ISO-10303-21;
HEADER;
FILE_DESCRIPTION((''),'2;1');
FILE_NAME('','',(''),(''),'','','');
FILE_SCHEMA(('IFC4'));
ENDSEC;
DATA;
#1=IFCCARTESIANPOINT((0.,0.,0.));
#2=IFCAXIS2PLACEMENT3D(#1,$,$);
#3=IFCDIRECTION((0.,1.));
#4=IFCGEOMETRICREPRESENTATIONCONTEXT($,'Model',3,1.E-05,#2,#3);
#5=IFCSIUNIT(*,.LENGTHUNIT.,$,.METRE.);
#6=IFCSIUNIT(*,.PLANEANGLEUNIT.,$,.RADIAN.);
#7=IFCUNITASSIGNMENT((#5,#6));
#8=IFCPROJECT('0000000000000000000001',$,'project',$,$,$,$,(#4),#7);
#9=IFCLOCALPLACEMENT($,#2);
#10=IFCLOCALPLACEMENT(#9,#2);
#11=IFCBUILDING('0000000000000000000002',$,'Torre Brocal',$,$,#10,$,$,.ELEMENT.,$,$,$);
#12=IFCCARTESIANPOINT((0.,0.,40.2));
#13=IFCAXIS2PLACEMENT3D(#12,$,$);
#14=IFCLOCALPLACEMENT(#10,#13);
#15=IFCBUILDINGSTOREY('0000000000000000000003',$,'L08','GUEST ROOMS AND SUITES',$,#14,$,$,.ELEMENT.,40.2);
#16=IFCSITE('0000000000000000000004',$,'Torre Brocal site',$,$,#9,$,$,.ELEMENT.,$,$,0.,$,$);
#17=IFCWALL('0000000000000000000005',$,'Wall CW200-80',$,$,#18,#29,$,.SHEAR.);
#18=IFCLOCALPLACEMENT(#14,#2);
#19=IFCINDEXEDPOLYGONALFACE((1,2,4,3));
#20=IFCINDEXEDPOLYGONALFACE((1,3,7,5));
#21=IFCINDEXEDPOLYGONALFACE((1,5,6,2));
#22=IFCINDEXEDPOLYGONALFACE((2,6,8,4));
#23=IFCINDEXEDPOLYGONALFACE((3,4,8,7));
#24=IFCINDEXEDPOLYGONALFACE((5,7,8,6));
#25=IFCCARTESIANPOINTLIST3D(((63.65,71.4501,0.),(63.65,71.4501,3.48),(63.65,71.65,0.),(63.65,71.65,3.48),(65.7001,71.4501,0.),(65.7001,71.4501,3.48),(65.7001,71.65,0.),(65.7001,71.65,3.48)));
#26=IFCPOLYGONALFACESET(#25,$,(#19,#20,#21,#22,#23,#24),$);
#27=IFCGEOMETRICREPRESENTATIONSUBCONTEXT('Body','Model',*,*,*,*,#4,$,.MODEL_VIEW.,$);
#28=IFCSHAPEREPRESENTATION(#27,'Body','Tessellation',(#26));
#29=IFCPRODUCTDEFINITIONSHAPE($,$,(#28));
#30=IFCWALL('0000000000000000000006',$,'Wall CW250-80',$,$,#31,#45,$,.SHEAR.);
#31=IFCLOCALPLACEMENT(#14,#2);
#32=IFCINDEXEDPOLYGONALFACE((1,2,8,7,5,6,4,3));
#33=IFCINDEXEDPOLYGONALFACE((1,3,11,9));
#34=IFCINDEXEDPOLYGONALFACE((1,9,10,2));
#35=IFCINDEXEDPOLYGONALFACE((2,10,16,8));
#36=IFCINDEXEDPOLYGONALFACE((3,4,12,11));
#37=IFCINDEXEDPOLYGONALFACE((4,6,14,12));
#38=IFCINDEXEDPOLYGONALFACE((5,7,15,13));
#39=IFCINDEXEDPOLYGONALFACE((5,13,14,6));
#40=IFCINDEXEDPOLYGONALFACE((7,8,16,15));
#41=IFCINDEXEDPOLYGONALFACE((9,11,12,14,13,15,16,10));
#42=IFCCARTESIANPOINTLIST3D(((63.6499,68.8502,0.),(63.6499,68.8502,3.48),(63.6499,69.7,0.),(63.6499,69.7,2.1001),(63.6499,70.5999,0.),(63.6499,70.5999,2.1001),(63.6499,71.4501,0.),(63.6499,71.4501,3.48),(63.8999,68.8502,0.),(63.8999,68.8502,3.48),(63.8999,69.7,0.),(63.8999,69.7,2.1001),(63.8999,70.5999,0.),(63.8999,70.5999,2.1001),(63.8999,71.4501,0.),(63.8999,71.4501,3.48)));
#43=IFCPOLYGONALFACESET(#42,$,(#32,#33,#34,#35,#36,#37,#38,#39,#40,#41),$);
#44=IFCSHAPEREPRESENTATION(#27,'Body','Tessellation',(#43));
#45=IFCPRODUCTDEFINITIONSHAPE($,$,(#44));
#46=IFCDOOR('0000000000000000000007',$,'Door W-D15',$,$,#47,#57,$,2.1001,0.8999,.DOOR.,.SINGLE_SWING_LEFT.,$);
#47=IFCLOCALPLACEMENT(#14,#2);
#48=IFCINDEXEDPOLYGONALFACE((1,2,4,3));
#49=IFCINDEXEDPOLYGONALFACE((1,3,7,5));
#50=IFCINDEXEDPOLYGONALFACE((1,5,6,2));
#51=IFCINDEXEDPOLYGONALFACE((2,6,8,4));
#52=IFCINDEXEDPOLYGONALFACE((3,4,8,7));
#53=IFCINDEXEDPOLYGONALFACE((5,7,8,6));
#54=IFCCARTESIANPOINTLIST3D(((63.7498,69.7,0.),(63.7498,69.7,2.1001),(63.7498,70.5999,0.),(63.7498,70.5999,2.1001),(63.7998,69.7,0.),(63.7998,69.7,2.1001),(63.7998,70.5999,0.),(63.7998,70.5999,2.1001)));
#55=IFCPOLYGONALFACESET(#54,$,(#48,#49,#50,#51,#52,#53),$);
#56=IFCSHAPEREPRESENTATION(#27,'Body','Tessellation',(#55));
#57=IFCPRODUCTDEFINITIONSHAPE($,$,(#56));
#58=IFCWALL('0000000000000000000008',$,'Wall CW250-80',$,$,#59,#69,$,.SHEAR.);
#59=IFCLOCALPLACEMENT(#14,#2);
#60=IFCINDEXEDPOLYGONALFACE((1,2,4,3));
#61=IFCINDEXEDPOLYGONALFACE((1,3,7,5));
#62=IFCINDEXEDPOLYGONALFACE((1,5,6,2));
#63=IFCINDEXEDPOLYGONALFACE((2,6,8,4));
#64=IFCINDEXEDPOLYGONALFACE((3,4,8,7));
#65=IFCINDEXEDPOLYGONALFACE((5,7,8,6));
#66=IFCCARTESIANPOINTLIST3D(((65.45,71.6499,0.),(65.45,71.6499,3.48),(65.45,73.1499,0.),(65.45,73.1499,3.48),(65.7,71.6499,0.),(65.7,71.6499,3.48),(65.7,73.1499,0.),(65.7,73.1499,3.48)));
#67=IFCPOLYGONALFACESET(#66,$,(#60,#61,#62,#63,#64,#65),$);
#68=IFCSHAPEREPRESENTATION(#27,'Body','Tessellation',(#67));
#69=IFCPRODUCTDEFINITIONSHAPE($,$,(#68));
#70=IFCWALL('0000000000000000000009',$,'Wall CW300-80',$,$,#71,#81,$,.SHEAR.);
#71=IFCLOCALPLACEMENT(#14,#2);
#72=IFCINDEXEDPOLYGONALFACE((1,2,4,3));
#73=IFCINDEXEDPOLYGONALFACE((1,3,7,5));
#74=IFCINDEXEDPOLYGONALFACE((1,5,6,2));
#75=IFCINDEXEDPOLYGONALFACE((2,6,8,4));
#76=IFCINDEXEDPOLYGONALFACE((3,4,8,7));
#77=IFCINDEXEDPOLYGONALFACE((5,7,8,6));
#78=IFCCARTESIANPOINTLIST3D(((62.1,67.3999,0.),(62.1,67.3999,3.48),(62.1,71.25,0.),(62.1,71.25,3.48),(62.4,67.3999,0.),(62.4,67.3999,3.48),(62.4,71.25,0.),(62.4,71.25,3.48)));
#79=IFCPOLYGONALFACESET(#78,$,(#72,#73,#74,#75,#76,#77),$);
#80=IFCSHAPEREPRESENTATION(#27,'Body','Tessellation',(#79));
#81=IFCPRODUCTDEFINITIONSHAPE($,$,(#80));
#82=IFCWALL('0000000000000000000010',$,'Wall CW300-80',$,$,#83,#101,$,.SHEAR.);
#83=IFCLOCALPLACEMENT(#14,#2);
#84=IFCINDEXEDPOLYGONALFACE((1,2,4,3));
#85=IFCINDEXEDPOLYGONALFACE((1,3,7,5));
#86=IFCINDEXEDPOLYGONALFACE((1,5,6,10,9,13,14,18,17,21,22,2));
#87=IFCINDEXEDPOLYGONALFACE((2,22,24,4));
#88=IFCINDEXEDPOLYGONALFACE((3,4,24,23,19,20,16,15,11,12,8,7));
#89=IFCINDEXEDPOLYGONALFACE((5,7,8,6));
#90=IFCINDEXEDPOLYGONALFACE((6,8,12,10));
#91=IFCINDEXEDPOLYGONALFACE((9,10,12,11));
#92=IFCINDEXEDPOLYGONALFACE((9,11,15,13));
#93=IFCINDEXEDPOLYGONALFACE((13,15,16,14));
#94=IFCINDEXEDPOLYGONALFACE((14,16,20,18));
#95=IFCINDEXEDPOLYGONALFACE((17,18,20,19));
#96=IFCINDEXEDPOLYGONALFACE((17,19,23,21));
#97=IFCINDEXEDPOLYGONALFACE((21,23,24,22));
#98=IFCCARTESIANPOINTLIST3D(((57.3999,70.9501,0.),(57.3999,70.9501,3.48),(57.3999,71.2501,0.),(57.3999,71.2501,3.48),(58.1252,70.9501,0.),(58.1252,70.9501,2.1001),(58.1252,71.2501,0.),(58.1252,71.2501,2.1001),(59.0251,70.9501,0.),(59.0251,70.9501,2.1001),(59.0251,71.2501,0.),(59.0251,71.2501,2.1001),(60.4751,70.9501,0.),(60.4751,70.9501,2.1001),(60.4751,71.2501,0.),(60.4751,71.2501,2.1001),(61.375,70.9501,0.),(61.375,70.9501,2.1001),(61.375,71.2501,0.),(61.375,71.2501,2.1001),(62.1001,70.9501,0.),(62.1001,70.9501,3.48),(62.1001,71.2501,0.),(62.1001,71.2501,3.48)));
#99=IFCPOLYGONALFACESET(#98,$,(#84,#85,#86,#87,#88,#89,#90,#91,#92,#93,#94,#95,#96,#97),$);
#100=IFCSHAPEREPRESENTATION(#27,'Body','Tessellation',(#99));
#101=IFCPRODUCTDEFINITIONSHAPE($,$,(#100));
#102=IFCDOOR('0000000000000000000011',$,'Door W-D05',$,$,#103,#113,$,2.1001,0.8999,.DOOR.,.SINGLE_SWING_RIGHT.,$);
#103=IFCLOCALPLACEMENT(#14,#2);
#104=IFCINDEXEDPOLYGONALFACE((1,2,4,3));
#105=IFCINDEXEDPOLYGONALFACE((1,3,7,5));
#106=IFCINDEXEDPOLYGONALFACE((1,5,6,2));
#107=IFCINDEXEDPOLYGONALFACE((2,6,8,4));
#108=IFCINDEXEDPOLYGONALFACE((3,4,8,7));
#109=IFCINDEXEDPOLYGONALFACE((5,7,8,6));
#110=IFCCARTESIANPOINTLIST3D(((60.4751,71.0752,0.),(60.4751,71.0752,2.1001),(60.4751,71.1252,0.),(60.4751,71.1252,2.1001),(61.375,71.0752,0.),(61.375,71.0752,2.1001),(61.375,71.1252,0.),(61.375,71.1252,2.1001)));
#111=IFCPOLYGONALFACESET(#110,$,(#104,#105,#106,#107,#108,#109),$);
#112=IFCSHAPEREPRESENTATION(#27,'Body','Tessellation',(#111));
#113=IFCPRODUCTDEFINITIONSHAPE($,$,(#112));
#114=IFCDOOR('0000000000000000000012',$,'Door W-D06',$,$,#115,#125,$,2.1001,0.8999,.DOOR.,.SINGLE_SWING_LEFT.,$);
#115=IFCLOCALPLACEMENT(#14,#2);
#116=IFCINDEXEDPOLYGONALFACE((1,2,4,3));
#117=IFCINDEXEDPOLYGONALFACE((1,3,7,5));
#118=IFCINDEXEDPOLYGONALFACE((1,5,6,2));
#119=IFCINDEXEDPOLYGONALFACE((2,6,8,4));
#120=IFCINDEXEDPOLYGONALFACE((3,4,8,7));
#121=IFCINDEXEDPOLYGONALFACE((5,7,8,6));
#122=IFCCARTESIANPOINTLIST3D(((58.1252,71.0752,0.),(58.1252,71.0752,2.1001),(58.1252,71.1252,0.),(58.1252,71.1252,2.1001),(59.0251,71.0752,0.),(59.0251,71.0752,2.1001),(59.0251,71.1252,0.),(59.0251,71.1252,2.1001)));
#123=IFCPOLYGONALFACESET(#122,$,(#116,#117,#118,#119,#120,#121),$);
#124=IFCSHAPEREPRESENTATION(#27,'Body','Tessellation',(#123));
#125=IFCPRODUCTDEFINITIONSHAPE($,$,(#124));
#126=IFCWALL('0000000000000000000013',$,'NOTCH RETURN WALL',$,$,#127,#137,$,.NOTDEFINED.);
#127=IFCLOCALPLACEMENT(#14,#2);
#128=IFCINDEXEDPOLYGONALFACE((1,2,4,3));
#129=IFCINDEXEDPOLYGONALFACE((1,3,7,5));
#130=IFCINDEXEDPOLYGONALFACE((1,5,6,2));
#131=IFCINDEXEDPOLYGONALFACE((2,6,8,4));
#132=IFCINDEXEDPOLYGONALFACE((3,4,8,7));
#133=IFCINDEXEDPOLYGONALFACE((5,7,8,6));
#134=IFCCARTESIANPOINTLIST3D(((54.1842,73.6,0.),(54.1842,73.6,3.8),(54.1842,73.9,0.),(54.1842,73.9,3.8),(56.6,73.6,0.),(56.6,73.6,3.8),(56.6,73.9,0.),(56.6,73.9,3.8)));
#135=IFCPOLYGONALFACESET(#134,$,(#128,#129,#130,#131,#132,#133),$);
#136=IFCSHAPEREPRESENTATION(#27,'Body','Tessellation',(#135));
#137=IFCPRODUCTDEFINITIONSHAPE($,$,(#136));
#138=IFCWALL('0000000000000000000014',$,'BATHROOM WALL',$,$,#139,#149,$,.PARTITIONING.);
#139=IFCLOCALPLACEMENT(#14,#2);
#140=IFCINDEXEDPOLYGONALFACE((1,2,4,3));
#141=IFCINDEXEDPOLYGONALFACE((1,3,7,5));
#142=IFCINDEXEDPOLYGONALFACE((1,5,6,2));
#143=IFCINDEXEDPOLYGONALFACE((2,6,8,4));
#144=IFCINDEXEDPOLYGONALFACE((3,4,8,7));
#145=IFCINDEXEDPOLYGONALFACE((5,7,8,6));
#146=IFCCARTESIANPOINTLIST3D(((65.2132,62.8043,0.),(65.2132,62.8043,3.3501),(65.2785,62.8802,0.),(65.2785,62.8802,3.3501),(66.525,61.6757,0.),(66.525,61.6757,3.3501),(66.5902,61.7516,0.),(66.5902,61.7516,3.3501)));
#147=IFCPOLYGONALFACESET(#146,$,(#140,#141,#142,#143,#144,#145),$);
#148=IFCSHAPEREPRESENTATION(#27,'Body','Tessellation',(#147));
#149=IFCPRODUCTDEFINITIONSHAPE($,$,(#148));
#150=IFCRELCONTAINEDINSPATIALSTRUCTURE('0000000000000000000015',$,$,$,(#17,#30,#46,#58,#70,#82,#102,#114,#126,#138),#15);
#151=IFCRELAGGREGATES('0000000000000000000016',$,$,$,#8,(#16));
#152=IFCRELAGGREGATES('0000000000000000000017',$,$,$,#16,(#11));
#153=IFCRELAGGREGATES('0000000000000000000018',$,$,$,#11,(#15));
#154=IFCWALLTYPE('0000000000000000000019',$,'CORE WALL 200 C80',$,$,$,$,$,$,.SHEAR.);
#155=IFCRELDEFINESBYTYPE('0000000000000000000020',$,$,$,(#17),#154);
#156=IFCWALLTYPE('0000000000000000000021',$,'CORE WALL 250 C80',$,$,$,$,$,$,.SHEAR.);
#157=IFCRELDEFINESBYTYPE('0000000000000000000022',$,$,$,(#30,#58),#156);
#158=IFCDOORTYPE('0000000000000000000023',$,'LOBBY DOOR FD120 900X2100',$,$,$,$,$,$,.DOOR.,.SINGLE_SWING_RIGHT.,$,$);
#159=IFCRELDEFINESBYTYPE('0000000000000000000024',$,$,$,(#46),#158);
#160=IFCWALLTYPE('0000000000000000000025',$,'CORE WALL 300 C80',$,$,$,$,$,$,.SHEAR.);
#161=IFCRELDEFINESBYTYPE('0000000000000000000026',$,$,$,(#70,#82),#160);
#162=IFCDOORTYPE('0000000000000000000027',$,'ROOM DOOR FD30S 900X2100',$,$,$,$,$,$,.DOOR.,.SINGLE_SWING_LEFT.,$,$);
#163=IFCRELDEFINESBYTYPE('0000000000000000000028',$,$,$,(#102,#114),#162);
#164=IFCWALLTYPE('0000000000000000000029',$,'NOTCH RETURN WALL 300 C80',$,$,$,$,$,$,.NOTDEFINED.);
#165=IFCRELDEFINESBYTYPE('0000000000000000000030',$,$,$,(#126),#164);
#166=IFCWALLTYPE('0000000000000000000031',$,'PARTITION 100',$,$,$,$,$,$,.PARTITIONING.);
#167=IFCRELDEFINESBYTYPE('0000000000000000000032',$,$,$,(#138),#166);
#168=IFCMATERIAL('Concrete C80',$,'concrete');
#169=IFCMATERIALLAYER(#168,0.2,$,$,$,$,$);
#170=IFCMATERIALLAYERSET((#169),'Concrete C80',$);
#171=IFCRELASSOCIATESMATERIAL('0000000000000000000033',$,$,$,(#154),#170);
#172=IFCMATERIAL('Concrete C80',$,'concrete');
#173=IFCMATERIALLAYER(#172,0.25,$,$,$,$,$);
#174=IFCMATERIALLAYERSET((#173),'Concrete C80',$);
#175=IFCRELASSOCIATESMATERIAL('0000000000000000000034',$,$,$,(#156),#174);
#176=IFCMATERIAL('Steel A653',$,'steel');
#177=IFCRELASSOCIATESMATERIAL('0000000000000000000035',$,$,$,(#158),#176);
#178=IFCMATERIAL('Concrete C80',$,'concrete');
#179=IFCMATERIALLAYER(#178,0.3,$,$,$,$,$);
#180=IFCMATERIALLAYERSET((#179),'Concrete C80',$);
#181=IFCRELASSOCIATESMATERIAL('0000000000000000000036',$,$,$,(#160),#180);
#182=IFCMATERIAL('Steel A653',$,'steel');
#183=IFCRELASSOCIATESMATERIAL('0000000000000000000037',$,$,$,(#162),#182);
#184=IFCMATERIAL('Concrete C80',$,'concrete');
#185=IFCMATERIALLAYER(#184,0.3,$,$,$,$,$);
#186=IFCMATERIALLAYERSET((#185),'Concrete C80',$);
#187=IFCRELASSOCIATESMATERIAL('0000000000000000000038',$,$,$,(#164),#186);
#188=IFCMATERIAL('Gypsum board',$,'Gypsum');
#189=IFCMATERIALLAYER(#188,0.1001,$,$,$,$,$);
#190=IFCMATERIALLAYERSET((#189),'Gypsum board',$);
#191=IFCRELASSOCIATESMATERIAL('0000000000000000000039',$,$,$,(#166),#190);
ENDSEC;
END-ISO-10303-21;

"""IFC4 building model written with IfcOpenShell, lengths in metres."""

from ifc_helpers import new_model, si_unit, direction, frame, frame_2d, origin, place, context, subcontext, project, spatial, rectangle, extrude, material, layer, layer_set, type_object, element, fill, save


model = new_model("IFC4")

# Units and contexts
model_context = context("Model", 3, precision=1e-05, world=origin(), true_north=direction((0.0, 1.0)))
body_context = subcontext(model_context, "Body", "Model", "MODEL_VIEW")
ifc_project = project(units=[si_unit("LENGTHUNIT", "METRE"), si_unit("PLANEANGLEUNIT", "RADIAN")], contexts=[model_context])

# Site, building, storey
site_placement = place(None, origin())
site = spatial("IfcSite", under=ifc_project, at=site_placement, Name="Torre Brocal site", CompositionType="ELEMENT", RefElevation=0.0)
building_placement = place(site_placement, origin())
building = spatial("IfcBuilding", under=site, at=building_placement, Name="Torre Brocal", CompositionType="ELEMENT")
storey_placement = place(building_placement, frame((0.0, 0.0, 40.2)))
storey = spatial("IfcBuildingStorey", under=building, at=storey_placement, Name="L08", Description="GUEST ROOMS AND SUITES", CompositionType="ELEMENT", Elevation=40.2)

# Wall
ifc_material_1 = material(Name="Concrete C80", Category="concrete")
ifc_layer_1 = layer(ifc_material_1, 0.2)
ifc_layer_set_1 = layer_set([ifc_layer_1], Name="Concrete C80")
wall_type_1 = type_object("IfcWallType", Name="CORE WALL 200 C80", PredefinedType="SHEAR", material=ifc_layer_set_1)
wall_1_placement = place(storey_placement, frame((65.7, 71.55, 0.0), z_axis=(0.0, 0.0, 1.0), x_axis=(-1.0, 0.0, 0.0)))
element("IfcWall", 1, at=wall_1_placement, inside=storey, type_object=wall_type_1, Name="Wall CW200-80", PredefinedType="SHEAR", context=body_context, shape_type="SweptSolid", body=[
    extrude(rectangle(XDim=2.05, YDim=0.2, at=frame_2d((1.0249, 0.0))), origin(), (0.0, 0.0, 1.0), 3.48),
])

# Wall, opening, door
ifc_material_2 = material(Name="Concrete C80", Category="concrete")
ifc_layer_2 = layer(ifc_material_2, 0.25)
ifc_layer_set_2 = layer_set([ifc_layer_2], Name="Concrete C80")
wall_type_2 = type_object("IfcWallType", Name="CORE WALL 250 C80", PredefinedType="SHEAR", material=ifc_layer_set_2)
wall_2_placement = place(storey_placement, frame((63.7749, 71.45, 0.0), z_axis=(0.0, 0.0, 1.0), x_axis=(0.0, -1.0, 0.0)))
wall_2 = element("IfcWall", 2, at=wall_2_placement, inside=storey, type_object=wall_type_2, Name="Wall CW250-80", PredefinedType="SHEAR", context=body_context, shape_type="SweptSolid", body=[
    extrude(rectangle(XDim=2.5999, YDim=0.25, at=frame_2d((1.2998, 0.0))), origin(), (0.0, 0.0, 1.0), 3.48),
])
opening_1_placement = place(wall_2_placement, frame((0.8501, 0.0, 0.0)))
opening_1 = element("IfcOpeningElement", 3, at=opening_1_placement, cuts=wall_2, PredefinedType="OPENING", context=body_context, shape_type="SweptSolid", body=[
    extrude(rectangle(XDim=0.8999, YDim=2.1001, at=frame_2d((0.45, 1.05))), frame((0.0, 0.135, 0.0), z_axis=(0.0, -1.0, 0.0), x_axis=(1.0, 0.0, 0.0)), (0.0, 0.0, 1.0), 0.27),
])
ifc_material_3 = material(Name="Steel A653", Category="steel")
door_type_1 = type_object("IfcDoorType", Name="LOBBY DOOR FD120 900X2100", OperationType="SINGLE_SWING_RIGHT", PredefinedType="DOOR", material=ifc_material_3)
door_1_placement = place(opening_1_placement, origin())
door_1 = element("IfcDoor", 4, at=door_1_placement, inside=storey, type_object=door_type_1, Name="Door W-D15", OperationType="SINGLE_SWING_LEFT", OverallHeight=2.1001, OverallWidth=0.8999, PredefinedType="DOOR", context=body_context, shape_type="SweptSolid", body=[
    extrude(rectangle(XDim=0.8999, YDim=2.1001, at=frame_2d((0.45, 1.05))), frame((0.0, 0.0249, 0.0), z_axis=(0.0, -1.0, 0.0), x_axis=(1.0, 0.0, 0.0)), (0.0, 0.0, 1.0), 0.05),
])
fill(opening_1, door_1)

# Walls
wall_3_placement = place(storey_placement, frame((65.575, 73.1499, 0.0), z_axis=(0.0, 0.0, 1.0), x_axis=(0.0, -1.0, 0.0)))
element("IfcWall", 5, at=wall_3_placement, inside=storey, type_object=wall_type_2, Name="Wall CW250-80", PredefinedType="SHEAR", context=body_context, shape_type="SweptSolid", body=[
    extrude(rectangle(XDim=1.5, YDim=0.25, at=frame_2d((0.75, 0.0))), origin(), (0.0, 0.0, 1.0), 3.48),
])
ifc_material_4 = material(Name="Concrete C80", Category="concrete")
ifc_layer_3 = layer(ifc_material_4, 0.3)
ifc_layer_set_3 = layer_set([ifc_layer_3], Name="Concrete C80")
wall_type_3 = type_object("IfcWallType", Name="CORE WALL 300 C80", PredefinedType="SHEAR", material=ifc_layer_set_3)
wall_4_placement = place(storey_placement, frame((62.25, 71.25, 0.0), z_axis=(0.0, 0.0, 1.0), x_axis=(0.0, -1.0, 0.0)))
element("IfcWall", 6, at=wall_4_placement, inside=storey, type_object=wall_type_3, Name="Wall CW300-80", PredefinedType="SHEAR", context=body_context, shape_type="SweptSolid", body=[
    extrude(rectangle(XDim=3.8501, YDim=0.3, at=frame_2d((1.925, 0.0))), origin(), (0.0, 0.0, 1.0), 3.48),
])

# Wall, openings, doors
wall_5_placement = place(storey_placement, frame((62.1001, 71.1001, 0.0), z_axis=(0.0, 0.0, 1.0), x_axis=(-1.0, 0.0, 0.0)))
wall_5 = element("IfcWall", 7, at=wall_5_placement, inside=storey, type_object=wall_type_3, Name="Wall CW300-80", PredefinedType="SHEAR", context=body_context, shape_type="SweptSolid", body=[
    extrude(rectangle(XDim=4.7002, YDim=0.3, at=frame_2d((2.3501, 0.0))), origin(), (0.0, 0.0, 1.0), 3.48),
])
opening_2_placement = place(wall_5_placement, frame((0.7251, 0.0, 0.0)))
opening_2 = element("IfcOpeningElement", 8, at=opening_2_placement, cuts=wall_5, PredefinedType="OPENING", context=body_context, shape_type="SweptSolid", body=[
    extrude(rectangle(XDim=0.8999, YDim=2.1001, at=frame_2d((0.45, 1.05))), frame((0.0, 0.1599, 0.0), z_axis=(0.0, -1.0, 0.0), x_axis=(1.0, 0.0, 0.0)), (0.0, 0.0, 1.0), 0.3201),
])
opening_3_placement = place(wall_5_placement, frame((3.075, 0.0, 0.0)))
opening_3 = element("IfcOpeningElement", 9, at=opening_3_placement, cuts=wall_5, PredefinedType="OPENING", context=body_context, shape_type="SweptSolid", body=[
    extrude(rectangle(XDim=0.8999, YDim=2.1001, at=frame_2d((0.45, 1.05))), frame((0.0, 0.1599, 0.0), z_axis=(0.0, -1.0, 0.0), x_axis=(1.0, 0.0, 0.0)), (0.0, 0.0, 1.0), 0.3201),
])
ifc_material_5 = material(Name="Steel A653", Category="steel")
door_type_2 = type_object("IfcDoorType", Name="ROOM DOOR FD30S 900X2100", OperationType="SINGLE_SWING_LEFT", PredefinedType="DOOR", material=ifc_material_5)
door_2_placement = place(opening_2_placement, origin())
door_2 = element("IfcDoor", 10, at=door_2_placement, inside=storey, type_object=door_type_2, Name="Door W-D05", OperationType="SINGLE_SWING_RIGHT", OverallHeight=2.1001, OverallWidth=0.8999, PredefinedType="DOOR", context=body_context, shape_type="SweptSolid", body=[
    extrude(rectangle(XDim=0.8999, YDim=2.1001, at=frame_2d((0.45, 1.05))), frame((0.0, 0.0249, 0.0), z_axis=(0.0, -1.0, 0.0), x_axis=(1.0, 0.0, 0.0)), (0.0, 0.0, 1.0), 0.05),
])
fill(opening_2, door_2)
door_3_placement = place(opening_3_placement, origin())
door_3 = element("IfcDoor", 11, at=door_3_placement, inside=storey, type_object=door_type_2, Name="Door W-D06", OperationType="SINGLE_SWING_LEFT", OverallHeight=2.1001, OverallWidth=0.8999, PredefinedType="DOOR", context=body_context, shape_type="SweptSolid", body=[
    extrude(rectangle(XDim=0.8999, YDim=2.1001, at=frame_2d((0.45, 1.05))), frame((0.0, 0.0249, 0.0), z_axis=(0.0, -1.0, 0.0), x_axis=(1.0, 0.0, 0.0)), (0.0, 0.0, 1.0), 0.05),
])
fill(opening_3, door_3)

# Walls
ifc_material_6 = material(Name="Concrete C80", Category="concrete")
ifc_layer_4 = layer(ifc_material_6, 0.3)
ifc_layer_set_4 = layer_set([ifc_layer_4], Name="Concrete C80")
wall_type_4 = type_object("IfcWallType", Name="NOTCH RETURN WALL 300 C80", PredefinedType="NOTDEFINED", material=ifc_layer_set_4)
wall_6_placement = place(storey_placement, frame((56.6001, 73.75, 0.0), z_axis=(0.0, 0.0, 1.0), x_axis=(-1.0, 0.0, 0.0)))
element("IfcWall", 12, at=wall_6_placement, inside=storey, type_object=wall_type_4, Name="NOTCH RETURN WALL", PredefinedType="NOTDEFINED", context=body_context, shape_type="SweptSolid", body=[
    extrude(rectangle(XDim=2.4158, YDim=0.3, at=frame_2d((1.208, 0.0))), origin(), (0.0, 0.0, 1.0), 3.8),
])
ifc_material_7 = material(Name="Gypsum board", Category="Gypsum")
ifc_layer_5 = layer(ifc_material_7, 0.1001)
ifc_layer_set_5 = layer_set([ifc_layer_5], Name="Gypsum board")
wall_type_5 = type_object("IfcWallType", Name="PARTITION 100", PredefinedType="PARTITIONING", material=ifc_layer_set_5)
wall_7_placement = place(storey_placement, frame((65.2458, 62.8423, 0.0), z_axis=(0.0, 0.0, 1.0), x_axis=(0.75803, -0.652219, 0.0)))
element("IfcWall", 13, at=wall_7_placement, inside=storey, type_object=wall_type_5, Name="BATHROOM WALL", PredefinedType="PARTITIONING", context=body_context, shape_type="SweptSolid", body=[
    extrude(rectangle(XDim=1.7305, YDim=0.1001, at=frame_2d((0.8652, 0.0))), origin(), (0.0, 0.0, 1.0), 3.3501),
])

save(model, "model.ifc")
